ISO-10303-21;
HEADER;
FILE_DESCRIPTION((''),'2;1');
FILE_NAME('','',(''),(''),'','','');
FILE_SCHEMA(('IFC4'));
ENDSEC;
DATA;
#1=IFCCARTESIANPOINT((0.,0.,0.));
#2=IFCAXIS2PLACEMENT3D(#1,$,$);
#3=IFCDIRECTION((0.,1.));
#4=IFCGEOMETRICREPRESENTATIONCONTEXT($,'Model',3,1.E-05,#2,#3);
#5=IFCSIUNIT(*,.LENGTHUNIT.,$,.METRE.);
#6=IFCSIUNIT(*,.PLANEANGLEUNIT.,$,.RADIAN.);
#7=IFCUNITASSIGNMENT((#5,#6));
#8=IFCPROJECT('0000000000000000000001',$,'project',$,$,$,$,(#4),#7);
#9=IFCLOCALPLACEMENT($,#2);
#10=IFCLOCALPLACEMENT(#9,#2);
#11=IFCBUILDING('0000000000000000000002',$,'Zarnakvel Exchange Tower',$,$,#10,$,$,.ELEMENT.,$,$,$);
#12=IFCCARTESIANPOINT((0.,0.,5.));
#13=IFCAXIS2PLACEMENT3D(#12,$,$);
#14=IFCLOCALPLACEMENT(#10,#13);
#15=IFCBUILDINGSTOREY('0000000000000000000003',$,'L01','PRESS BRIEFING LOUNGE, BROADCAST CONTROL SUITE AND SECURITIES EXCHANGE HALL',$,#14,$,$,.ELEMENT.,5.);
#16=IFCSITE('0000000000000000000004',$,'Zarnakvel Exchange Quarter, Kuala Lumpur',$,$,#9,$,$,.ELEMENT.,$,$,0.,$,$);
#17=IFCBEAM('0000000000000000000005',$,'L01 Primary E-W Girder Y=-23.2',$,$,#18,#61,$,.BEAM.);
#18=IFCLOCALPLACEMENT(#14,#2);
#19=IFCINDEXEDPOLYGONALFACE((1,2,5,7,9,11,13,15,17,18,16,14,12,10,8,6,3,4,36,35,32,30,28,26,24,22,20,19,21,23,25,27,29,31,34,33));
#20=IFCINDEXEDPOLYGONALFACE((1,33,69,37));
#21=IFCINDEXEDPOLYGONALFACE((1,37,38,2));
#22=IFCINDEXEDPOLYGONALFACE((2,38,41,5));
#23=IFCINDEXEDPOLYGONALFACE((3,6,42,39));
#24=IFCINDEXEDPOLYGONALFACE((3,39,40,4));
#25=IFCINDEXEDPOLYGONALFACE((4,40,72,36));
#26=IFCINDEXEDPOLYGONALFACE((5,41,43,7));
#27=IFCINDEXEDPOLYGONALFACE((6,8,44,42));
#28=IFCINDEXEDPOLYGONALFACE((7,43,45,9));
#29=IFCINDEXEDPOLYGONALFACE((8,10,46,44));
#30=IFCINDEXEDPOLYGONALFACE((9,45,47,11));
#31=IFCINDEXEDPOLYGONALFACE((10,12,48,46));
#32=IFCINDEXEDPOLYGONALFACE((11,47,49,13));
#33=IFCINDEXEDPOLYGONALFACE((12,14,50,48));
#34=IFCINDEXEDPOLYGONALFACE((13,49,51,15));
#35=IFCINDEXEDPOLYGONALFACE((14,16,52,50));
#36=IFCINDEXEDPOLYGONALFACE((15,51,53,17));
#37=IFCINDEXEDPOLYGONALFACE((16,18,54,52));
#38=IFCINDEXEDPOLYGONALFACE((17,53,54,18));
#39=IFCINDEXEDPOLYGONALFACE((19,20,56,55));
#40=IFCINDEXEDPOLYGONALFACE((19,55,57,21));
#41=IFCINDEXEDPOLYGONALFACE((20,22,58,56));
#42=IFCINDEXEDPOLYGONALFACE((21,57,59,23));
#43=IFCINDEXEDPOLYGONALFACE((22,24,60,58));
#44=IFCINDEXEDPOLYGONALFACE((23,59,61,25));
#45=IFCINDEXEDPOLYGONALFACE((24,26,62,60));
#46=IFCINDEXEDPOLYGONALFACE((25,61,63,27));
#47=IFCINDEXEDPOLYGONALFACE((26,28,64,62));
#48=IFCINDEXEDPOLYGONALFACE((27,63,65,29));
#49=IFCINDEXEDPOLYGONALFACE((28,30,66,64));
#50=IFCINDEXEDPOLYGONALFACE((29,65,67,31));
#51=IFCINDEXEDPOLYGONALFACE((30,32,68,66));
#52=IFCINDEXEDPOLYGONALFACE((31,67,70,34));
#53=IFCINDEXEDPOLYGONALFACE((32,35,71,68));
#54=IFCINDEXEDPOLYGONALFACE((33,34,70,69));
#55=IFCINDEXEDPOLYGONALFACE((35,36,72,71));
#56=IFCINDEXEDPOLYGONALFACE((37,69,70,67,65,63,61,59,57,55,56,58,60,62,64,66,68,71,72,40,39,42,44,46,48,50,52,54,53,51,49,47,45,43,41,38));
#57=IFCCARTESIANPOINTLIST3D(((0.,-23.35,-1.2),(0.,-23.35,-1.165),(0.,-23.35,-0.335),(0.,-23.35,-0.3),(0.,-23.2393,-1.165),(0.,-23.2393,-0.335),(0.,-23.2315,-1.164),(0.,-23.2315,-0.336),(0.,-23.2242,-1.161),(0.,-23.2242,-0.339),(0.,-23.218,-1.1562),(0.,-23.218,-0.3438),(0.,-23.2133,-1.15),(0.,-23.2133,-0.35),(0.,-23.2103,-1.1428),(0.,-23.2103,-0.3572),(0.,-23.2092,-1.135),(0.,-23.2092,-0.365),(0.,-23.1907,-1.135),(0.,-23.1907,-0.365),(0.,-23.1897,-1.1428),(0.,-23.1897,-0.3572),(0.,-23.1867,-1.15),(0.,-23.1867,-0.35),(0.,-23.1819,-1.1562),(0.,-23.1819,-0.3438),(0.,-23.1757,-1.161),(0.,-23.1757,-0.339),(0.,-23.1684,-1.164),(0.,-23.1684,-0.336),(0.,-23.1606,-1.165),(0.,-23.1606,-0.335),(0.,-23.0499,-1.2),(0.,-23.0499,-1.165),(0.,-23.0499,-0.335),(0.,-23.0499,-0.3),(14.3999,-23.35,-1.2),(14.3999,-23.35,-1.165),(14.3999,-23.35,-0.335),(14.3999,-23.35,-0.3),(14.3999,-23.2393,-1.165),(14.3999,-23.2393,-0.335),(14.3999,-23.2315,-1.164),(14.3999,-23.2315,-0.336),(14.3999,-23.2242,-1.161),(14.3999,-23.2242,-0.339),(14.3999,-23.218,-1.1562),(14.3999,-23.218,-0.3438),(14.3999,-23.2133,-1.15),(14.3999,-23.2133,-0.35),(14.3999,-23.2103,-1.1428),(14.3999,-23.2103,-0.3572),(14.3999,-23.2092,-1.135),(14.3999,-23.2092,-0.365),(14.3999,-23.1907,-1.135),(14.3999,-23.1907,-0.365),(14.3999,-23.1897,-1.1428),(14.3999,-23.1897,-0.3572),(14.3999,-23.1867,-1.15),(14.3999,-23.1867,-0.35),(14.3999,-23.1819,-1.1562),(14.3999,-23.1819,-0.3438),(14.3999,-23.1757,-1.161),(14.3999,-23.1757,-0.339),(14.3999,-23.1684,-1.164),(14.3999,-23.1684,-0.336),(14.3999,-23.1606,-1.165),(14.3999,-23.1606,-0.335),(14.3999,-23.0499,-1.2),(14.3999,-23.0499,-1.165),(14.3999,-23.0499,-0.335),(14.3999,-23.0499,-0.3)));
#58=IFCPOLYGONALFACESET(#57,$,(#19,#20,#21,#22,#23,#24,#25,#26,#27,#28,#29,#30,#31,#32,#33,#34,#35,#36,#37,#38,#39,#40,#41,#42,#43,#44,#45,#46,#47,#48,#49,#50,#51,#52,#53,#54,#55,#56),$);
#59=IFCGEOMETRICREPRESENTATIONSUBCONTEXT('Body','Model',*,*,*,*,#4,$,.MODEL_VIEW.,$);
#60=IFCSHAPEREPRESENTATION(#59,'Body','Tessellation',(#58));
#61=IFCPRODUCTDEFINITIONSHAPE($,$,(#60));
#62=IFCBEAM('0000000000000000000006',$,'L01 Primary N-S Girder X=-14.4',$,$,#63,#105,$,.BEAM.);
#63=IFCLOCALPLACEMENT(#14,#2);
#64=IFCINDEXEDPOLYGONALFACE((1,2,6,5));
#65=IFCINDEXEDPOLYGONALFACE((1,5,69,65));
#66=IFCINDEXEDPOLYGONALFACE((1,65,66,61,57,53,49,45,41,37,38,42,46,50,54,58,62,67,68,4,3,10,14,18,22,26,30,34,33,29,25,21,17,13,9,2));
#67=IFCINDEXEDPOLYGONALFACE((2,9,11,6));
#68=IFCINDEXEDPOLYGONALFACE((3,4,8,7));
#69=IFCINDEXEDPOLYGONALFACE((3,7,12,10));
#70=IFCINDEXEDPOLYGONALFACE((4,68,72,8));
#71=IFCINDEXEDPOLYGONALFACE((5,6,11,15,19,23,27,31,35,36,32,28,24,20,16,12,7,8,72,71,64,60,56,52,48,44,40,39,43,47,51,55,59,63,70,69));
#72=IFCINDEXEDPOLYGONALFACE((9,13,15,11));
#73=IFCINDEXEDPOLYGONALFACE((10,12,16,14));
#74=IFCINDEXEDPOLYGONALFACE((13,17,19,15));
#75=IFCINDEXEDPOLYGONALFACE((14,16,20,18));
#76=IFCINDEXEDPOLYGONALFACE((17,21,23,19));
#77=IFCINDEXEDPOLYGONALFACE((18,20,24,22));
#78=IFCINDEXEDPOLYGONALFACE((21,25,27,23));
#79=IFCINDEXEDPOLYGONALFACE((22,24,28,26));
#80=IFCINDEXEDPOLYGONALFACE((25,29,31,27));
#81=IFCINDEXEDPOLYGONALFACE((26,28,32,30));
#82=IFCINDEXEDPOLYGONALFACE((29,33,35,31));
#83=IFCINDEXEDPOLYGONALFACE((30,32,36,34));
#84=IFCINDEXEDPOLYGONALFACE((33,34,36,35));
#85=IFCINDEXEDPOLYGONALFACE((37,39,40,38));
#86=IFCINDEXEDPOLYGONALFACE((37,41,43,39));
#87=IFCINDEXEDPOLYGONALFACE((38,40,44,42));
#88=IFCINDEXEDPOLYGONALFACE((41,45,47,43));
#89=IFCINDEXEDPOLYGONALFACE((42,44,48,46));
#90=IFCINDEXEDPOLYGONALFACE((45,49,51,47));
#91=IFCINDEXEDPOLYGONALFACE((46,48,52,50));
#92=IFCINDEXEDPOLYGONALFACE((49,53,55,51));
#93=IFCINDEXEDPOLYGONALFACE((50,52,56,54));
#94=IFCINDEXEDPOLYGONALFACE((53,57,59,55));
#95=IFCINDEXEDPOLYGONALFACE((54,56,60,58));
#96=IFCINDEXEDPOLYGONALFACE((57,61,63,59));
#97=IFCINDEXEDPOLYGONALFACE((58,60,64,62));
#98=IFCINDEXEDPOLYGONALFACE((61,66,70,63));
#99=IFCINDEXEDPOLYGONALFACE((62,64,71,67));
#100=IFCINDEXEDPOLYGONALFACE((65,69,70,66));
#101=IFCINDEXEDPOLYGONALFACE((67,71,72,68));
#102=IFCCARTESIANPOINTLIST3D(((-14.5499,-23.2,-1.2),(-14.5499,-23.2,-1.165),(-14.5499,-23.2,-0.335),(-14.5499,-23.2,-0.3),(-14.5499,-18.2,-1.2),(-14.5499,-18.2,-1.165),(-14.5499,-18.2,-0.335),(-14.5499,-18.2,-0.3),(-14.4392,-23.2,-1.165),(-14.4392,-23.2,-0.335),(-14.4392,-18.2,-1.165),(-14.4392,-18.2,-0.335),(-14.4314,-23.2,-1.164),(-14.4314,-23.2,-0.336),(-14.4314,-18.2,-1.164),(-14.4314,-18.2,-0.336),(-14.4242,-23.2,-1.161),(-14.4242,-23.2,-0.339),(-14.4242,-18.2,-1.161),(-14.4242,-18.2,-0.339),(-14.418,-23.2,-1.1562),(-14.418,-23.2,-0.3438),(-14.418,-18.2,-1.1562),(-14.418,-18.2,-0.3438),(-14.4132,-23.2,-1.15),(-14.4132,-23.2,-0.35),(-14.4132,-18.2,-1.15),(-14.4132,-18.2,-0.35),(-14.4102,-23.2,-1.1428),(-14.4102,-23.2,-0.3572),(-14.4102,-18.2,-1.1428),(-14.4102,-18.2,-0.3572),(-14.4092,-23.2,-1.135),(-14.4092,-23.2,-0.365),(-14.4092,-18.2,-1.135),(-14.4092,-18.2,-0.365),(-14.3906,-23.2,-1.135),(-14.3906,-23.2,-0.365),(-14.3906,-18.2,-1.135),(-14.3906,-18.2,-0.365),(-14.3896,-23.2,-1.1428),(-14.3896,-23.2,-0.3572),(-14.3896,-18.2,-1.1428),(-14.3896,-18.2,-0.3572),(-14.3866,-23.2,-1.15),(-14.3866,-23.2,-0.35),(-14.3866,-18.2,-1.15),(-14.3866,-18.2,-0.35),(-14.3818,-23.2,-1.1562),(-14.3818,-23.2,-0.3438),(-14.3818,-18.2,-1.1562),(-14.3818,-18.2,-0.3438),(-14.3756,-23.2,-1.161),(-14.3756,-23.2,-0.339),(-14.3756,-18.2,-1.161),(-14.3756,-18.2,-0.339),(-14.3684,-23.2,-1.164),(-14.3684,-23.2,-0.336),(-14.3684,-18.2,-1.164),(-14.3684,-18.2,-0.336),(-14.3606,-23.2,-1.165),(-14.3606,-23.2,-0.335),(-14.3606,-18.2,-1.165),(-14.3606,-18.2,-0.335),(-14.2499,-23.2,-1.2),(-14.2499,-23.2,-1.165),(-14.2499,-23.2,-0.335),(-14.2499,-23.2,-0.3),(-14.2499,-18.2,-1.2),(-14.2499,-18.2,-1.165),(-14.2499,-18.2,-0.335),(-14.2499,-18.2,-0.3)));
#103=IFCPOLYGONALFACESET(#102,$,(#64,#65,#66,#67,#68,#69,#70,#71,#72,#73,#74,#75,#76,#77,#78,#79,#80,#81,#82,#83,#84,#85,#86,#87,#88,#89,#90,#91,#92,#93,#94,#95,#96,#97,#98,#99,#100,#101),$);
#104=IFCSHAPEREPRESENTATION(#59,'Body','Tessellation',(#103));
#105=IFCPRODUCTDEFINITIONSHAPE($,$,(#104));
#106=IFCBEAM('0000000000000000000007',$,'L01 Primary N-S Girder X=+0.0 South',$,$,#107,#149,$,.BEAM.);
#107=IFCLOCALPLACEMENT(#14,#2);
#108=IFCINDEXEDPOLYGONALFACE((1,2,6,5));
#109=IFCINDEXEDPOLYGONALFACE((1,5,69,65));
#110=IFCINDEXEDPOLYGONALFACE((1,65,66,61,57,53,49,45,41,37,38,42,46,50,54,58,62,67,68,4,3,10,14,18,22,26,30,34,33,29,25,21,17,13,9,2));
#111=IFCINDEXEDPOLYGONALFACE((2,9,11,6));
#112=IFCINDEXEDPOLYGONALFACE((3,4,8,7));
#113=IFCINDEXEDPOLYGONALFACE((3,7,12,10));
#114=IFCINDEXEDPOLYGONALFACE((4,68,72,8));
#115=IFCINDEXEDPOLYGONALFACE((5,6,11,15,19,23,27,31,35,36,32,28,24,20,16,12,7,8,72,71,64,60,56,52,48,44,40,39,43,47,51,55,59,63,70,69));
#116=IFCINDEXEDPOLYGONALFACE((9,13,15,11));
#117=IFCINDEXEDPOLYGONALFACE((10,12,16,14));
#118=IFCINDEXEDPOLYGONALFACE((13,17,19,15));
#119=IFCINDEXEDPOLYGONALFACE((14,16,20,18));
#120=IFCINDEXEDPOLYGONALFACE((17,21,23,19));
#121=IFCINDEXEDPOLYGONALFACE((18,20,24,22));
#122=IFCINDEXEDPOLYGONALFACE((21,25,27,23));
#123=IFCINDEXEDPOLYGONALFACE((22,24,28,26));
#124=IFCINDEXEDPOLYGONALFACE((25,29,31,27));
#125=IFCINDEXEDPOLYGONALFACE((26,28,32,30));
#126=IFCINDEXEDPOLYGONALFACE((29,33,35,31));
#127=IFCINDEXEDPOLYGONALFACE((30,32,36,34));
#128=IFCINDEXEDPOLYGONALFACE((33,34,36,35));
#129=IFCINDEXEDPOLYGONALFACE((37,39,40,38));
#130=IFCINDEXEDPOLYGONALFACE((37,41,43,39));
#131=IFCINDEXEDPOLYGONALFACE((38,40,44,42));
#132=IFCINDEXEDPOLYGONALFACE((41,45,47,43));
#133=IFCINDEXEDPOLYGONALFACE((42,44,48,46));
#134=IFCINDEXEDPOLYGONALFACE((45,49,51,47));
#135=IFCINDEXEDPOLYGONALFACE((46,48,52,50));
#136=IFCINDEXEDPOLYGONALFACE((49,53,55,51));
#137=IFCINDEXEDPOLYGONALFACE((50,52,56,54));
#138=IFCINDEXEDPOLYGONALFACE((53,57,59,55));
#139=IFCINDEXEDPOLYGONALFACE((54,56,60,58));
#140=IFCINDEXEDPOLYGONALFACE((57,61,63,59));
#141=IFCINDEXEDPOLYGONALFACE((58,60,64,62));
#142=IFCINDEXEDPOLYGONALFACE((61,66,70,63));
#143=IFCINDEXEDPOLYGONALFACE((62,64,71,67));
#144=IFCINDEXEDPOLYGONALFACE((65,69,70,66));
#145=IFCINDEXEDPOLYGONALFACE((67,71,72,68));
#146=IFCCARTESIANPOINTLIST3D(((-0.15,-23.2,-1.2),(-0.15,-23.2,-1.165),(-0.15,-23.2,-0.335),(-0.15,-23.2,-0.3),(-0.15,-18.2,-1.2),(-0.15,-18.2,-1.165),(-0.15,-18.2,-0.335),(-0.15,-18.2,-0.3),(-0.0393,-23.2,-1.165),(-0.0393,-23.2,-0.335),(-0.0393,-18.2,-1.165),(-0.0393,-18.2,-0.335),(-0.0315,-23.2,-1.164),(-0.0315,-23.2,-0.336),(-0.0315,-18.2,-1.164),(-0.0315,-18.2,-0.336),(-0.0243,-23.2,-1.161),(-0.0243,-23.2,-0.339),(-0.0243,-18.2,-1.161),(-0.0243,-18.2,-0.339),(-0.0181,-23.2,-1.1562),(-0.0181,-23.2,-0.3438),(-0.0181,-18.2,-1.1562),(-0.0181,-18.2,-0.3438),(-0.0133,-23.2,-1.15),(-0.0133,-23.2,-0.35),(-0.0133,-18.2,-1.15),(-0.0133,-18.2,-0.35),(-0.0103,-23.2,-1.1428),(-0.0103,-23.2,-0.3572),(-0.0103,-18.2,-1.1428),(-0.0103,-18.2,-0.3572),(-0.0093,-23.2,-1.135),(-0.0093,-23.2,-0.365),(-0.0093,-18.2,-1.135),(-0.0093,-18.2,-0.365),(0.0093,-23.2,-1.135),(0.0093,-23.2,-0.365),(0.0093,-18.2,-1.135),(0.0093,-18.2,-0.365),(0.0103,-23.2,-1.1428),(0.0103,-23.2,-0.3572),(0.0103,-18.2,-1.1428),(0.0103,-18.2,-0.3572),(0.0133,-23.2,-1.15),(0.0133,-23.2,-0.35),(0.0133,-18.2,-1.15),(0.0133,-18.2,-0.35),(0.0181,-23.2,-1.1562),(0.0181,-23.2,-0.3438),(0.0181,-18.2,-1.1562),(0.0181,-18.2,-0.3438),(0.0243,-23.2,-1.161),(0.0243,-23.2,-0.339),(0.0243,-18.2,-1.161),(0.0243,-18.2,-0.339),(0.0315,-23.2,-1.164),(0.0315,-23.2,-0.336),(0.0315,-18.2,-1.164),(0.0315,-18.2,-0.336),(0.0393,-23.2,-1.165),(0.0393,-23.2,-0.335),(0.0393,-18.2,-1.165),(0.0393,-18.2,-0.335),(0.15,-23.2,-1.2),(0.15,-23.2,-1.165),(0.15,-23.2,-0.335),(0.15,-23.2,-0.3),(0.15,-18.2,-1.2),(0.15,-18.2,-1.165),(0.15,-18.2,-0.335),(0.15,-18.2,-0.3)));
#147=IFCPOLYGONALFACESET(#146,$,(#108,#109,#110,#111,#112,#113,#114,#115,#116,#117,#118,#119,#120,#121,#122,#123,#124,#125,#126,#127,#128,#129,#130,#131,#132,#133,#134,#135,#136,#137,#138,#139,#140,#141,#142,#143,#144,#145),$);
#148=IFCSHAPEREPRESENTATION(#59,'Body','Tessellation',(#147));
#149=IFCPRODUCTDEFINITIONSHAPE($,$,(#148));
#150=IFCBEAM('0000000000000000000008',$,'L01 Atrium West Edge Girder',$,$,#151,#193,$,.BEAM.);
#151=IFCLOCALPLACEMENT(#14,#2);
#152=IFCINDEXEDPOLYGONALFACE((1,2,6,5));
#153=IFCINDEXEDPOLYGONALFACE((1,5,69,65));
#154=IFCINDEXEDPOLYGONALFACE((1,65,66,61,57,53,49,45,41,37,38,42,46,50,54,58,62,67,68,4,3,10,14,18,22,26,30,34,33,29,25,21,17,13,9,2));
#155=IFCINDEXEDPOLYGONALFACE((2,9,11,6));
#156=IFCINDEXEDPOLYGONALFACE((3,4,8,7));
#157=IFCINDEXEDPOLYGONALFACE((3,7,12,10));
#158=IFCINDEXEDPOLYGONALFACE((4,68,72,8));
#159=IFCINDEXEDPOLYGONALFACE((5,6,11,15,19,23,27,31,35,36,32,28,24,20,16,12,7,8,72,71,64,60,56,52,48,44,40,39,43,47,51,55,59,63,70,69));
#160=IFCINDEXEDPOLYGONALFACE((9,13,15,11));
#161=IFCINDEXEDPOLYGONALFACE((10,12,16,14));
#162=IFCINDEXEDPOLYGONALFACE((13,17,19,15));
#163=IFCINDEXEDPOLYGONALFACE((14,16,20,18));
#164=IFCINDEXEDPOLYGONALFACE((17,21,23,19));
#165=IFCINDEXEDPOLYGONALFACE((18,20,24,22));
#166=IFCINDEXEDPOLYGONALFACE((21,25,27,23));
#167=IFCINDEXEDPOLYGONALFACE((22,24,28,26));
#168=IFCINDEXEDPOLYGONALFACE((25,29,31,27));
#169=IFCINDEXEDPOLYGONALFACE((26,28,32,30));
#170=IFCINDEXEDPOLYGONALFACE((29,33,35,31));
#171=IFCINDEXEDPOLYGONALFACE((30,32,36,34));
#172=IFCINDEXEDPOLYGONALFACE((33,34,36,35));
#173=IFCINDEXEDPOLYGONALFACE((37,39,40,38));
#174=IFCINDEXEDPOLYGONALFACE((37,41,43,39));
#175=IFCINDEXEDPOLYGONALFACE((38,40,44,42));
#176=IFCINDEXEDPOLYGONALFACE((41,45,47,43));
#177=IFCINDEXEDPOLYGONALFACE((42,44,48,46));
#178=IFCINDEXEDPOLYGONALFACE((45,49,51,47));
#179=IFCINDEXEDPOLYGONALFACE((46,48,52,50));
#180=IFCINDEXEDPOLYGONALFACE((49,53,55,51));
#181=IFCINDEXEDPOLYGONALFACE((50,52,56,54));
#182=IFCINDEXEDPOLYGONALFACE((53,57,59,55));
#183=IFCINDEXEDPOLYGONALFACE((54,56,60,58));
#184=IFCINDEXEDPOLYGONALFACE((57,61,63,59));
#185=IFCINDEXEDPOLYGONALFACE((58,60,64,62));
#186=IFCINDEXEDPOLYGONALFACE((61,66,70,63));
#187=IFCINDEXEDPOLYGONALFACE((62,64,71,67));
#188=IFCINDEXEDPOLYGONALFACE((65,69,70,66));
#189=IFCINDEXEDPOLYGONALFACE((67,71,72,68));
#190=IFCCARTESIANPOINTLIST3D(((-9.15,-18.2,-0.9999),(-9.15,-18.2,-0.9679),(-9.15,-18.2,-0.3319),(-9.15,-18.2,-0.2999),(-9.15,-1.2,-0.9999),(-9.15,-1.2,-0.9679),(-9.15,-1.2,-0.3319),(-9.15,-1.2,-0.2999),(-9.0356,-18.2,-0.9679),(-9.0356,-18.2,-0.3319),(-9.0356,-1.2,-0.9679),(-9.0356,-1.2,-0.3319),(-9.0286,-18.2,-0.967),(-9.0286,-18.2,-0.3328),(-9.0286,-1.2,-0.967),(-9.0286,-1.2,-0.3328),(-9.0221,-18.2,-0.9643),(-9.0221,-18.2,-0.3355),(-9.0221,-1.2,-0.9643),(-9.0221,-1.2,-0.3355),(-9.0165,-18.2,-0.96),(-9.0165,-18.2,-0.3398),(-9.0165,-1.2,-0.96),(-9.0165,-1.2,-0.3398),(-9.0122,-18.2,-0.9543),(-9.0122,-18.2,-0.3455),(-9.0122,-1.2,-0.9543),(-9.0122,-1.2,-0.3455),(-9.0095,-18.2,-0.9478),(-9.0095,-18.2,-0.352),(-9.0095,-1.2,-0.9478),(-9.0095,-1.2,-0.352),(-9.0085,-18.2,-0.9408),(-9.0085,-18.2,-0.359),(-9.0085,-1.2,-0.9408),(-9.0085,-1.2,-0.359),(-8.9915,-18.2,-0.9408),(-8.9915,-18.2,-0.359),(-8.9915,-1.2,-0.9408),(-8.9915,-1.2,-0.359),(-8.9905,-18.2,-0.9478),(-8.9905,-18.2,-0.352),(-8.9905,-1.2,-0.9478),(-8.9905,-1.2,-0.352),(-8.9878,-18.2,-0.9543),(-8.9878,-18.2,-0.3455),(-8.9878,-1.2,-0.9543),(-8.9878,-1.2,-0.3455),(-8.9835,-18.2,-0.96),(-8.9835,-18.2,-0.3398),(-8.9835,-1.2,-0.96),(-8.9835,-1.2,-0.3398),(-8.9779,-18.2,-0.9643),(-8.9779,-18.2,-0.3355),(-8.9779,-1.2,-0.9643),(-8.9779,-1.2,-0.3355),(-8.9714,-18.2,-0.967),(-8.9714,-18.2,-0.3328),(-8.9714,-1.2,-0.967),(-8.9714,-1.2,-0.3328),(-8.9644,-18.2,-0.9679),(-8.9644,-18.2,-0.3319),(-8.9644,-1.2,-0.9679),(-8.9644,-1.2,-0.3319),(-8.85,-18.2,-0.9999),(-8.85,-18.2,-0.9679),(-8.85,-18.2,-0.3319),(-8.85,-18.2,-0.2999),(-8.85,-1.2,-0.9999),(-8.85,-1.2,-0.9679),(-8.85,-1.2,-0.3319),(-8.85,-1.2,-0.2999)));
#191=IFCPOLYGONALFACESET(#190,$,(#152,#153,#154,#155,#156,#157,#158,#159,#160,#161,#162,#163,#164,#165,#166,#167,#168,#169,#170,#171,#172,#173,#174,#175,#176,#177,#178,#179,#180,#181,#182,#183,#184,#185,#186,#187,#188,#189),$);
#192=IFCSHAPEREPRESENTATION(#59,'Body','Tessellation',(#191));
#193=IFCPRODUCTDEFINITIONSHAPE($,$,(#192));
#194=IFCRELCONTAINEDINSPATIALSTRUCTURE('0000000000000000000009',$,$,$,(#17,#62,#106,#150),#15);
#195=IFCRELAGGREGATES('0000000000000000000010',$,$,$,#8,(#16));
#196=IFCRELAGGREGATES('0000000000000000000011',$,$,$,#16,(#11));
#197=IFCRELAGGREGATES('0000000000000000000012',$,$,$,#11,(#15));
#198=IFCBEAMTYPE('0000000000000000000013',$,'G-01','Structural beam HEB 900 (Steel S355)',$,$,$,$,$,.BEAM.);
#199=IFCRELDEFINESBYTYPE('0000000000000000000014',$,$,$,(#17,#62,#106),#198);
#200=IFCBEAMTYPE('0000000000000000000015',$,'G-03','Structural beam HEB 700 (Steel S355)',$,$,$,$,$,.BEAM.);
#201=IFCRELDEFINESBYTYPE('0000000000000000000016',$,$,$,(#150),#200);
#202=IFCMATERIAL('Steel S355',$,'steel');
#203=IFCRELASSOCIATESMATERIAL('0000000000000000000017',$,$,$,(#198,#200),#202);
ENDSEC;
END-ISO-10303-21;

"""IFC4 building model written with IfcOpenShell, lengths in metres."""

from ifc_helpers import new_model, si_unit, direction, frame, origin, origin_2d, place, context, subcontext, project, spatial, i_section, extrude, material, material_profile, profile_set, type_object, element, save


model = new_model("IFC4")

# Units and contexts
model_context = context("Model", 3, precision=1e-05, world=origin(), true_north=direction((0.0, 1.0)))
body_context = subcontext(model_context, "Body", "Model", "MODEL_VIEW")
ifc_project = project(units=[si_unit("LENGTHUNIT", "METRE"), si_unit("PLANEANGLEUNIT", "RADIAN")], contexts=[model_context])

# Site, building, storey
site_placement = place(None, origin())
site = spatial("IfcSite", under=ifc_project, at=site_placement, Name="Zarnakvel Exchange Quarter, Kuala Lumpur", CompositionType="ELEMENT", RefElevation=0.0)
building_placement = place(site_placement, origin())
building = spatial("IfcBuilding", under=site, at=building_placement, Name="Zarnakvel Exchange Tower", CompositionType="ELEMENT")
storey_placement = place(building_placement, frame((0.0, 0.0, 5.0)))
storey = spatial("IfcBuildingStorey", under=building, at=storey_placement, Name="L01", Description="PRESS BRIEFING LOUNGE, BROADCAST CONTROL SUITE AND SECURITIES EXCHANGE HALL", CompositionType="ELEMENT", Elevation=5.0)

# Beams
ifc_material_1 = material(Name="Steel S355", Category="steel")
ifc_material_profile_1 = material_profile(ifc_material_1, i_section(OverallWidth=0.3, OverallDepth=0.8999, WebThickness=0.0186, FlangeThickness=0.0349, FilletRadius=0.03, at=origin_2d()))
ifc_profile_set_1 = profile_set([ifc_material_profile_1], Name="Steel S355")
beam_type_1 = type_object("IfcBeamType", Name="G-01", Description="Structural beam HEB 900 (Steel S355)", PredefinedType="BEAM", material=ifc_profile_set_1)
for number, where, z_axis, x_axis, name in (
    (1, (0.0, -23.2, -0.75), (1.0, 0.0, 0.0), (0.0, 1.0, 0.0), "L01 Primary E-W Girder Y=-23.2"),
):
    element("IfcBeam", number, at=place(storey_placement, frame(where, z_axis=z_axis, x_axis=x_axis)), inside=storey, type_object=beam_type_1, Name=name, PredefinedType="BEAM", context=body_context, shape_type="SweptSolid", body=[
        extrude(i_section(OverallWidth=0.3, OverallDepth=0.8999, WebThickness=0.0186, FlangeThickness=0.0349, FilletRadius=0.03, at=origin_2d()), origin(), (0.0, 0.0, 1.0), 14.3999),
    ])
for number, where, z_axis, x_axis, name in (
    (2, (-14.3999, -23.2, -0.75), (0.0, 1.0, 0.0), (-1.0, 0.0, 0.0), "L01 Primary N-S Girder X=-14.4"),
    (3, (0.0, -23.2, -0.75), (0.0, 1.0, 0.0), (-1.0, 0.0, 0.0), "L01 Primary N-S Girder X=+0.0 South"),
):
    element("IfcBeam", number, at=place(storey_placement, frame(where, z_axis=z_axis, x_axis=x_axis)), inside=storey, type_object=beam_type_1, Name=name, PredefinedType="BEAM", context=body_context, shape_type="SweptSolid", body=[
        extrude(i_section(OverallWidth=0.3, OverallDepth=0.8999, WebThickness=0.0186, FlangeThickness=0.0349, FilletRadius=0.03, at=origin_2d()), origin(), (0.0, 0.0, 1.0), 5.0),
    ])
ifc_material_profile_2 = material_profile(ifc_material_1, i_section(OverallWidth=0.3, OverallDepth=0.7, WebThickness=0.0171, FlangeThickness=0.032, FilletRadius=0.0271, at=origin_2d()))
ifc_profile_set_2 = profile_set([ifc_material_profile_2], Name="Steel S355")
beam_type_2 = type_object("IfcBeamType", Name="G-03", Description="Structural beam HEB 700 (Steel S355)", PredefinedType="BEAM", material=ifc_profile_set_2)
beam_1_placement = place(storey_placement, frame((-9.0, -18.2, -0.6499), z_axis=(0.0, 1.0, 0.0), x_axis=(-1.0, 0.0, 0.0)))
element("IfcBeam", 4, at=beam_1_placement, inside=storey, type_object=beam_type_2, Name="L01 Atrium West Edge Girder", PredefinedType="BEAM", context=body_context, shape_type="SweptSolid", body=[
    extrude(i_section(OverallWidth=0.3, OverallDepth=0.7, WebThickness=0.0171, FlangeThickness=0.032, FilletRadius=0.0271, at=origin_2d()), origin(), (0.0, 0.0, 1.0), 17.0),
])

save(model, "model.ifc")
